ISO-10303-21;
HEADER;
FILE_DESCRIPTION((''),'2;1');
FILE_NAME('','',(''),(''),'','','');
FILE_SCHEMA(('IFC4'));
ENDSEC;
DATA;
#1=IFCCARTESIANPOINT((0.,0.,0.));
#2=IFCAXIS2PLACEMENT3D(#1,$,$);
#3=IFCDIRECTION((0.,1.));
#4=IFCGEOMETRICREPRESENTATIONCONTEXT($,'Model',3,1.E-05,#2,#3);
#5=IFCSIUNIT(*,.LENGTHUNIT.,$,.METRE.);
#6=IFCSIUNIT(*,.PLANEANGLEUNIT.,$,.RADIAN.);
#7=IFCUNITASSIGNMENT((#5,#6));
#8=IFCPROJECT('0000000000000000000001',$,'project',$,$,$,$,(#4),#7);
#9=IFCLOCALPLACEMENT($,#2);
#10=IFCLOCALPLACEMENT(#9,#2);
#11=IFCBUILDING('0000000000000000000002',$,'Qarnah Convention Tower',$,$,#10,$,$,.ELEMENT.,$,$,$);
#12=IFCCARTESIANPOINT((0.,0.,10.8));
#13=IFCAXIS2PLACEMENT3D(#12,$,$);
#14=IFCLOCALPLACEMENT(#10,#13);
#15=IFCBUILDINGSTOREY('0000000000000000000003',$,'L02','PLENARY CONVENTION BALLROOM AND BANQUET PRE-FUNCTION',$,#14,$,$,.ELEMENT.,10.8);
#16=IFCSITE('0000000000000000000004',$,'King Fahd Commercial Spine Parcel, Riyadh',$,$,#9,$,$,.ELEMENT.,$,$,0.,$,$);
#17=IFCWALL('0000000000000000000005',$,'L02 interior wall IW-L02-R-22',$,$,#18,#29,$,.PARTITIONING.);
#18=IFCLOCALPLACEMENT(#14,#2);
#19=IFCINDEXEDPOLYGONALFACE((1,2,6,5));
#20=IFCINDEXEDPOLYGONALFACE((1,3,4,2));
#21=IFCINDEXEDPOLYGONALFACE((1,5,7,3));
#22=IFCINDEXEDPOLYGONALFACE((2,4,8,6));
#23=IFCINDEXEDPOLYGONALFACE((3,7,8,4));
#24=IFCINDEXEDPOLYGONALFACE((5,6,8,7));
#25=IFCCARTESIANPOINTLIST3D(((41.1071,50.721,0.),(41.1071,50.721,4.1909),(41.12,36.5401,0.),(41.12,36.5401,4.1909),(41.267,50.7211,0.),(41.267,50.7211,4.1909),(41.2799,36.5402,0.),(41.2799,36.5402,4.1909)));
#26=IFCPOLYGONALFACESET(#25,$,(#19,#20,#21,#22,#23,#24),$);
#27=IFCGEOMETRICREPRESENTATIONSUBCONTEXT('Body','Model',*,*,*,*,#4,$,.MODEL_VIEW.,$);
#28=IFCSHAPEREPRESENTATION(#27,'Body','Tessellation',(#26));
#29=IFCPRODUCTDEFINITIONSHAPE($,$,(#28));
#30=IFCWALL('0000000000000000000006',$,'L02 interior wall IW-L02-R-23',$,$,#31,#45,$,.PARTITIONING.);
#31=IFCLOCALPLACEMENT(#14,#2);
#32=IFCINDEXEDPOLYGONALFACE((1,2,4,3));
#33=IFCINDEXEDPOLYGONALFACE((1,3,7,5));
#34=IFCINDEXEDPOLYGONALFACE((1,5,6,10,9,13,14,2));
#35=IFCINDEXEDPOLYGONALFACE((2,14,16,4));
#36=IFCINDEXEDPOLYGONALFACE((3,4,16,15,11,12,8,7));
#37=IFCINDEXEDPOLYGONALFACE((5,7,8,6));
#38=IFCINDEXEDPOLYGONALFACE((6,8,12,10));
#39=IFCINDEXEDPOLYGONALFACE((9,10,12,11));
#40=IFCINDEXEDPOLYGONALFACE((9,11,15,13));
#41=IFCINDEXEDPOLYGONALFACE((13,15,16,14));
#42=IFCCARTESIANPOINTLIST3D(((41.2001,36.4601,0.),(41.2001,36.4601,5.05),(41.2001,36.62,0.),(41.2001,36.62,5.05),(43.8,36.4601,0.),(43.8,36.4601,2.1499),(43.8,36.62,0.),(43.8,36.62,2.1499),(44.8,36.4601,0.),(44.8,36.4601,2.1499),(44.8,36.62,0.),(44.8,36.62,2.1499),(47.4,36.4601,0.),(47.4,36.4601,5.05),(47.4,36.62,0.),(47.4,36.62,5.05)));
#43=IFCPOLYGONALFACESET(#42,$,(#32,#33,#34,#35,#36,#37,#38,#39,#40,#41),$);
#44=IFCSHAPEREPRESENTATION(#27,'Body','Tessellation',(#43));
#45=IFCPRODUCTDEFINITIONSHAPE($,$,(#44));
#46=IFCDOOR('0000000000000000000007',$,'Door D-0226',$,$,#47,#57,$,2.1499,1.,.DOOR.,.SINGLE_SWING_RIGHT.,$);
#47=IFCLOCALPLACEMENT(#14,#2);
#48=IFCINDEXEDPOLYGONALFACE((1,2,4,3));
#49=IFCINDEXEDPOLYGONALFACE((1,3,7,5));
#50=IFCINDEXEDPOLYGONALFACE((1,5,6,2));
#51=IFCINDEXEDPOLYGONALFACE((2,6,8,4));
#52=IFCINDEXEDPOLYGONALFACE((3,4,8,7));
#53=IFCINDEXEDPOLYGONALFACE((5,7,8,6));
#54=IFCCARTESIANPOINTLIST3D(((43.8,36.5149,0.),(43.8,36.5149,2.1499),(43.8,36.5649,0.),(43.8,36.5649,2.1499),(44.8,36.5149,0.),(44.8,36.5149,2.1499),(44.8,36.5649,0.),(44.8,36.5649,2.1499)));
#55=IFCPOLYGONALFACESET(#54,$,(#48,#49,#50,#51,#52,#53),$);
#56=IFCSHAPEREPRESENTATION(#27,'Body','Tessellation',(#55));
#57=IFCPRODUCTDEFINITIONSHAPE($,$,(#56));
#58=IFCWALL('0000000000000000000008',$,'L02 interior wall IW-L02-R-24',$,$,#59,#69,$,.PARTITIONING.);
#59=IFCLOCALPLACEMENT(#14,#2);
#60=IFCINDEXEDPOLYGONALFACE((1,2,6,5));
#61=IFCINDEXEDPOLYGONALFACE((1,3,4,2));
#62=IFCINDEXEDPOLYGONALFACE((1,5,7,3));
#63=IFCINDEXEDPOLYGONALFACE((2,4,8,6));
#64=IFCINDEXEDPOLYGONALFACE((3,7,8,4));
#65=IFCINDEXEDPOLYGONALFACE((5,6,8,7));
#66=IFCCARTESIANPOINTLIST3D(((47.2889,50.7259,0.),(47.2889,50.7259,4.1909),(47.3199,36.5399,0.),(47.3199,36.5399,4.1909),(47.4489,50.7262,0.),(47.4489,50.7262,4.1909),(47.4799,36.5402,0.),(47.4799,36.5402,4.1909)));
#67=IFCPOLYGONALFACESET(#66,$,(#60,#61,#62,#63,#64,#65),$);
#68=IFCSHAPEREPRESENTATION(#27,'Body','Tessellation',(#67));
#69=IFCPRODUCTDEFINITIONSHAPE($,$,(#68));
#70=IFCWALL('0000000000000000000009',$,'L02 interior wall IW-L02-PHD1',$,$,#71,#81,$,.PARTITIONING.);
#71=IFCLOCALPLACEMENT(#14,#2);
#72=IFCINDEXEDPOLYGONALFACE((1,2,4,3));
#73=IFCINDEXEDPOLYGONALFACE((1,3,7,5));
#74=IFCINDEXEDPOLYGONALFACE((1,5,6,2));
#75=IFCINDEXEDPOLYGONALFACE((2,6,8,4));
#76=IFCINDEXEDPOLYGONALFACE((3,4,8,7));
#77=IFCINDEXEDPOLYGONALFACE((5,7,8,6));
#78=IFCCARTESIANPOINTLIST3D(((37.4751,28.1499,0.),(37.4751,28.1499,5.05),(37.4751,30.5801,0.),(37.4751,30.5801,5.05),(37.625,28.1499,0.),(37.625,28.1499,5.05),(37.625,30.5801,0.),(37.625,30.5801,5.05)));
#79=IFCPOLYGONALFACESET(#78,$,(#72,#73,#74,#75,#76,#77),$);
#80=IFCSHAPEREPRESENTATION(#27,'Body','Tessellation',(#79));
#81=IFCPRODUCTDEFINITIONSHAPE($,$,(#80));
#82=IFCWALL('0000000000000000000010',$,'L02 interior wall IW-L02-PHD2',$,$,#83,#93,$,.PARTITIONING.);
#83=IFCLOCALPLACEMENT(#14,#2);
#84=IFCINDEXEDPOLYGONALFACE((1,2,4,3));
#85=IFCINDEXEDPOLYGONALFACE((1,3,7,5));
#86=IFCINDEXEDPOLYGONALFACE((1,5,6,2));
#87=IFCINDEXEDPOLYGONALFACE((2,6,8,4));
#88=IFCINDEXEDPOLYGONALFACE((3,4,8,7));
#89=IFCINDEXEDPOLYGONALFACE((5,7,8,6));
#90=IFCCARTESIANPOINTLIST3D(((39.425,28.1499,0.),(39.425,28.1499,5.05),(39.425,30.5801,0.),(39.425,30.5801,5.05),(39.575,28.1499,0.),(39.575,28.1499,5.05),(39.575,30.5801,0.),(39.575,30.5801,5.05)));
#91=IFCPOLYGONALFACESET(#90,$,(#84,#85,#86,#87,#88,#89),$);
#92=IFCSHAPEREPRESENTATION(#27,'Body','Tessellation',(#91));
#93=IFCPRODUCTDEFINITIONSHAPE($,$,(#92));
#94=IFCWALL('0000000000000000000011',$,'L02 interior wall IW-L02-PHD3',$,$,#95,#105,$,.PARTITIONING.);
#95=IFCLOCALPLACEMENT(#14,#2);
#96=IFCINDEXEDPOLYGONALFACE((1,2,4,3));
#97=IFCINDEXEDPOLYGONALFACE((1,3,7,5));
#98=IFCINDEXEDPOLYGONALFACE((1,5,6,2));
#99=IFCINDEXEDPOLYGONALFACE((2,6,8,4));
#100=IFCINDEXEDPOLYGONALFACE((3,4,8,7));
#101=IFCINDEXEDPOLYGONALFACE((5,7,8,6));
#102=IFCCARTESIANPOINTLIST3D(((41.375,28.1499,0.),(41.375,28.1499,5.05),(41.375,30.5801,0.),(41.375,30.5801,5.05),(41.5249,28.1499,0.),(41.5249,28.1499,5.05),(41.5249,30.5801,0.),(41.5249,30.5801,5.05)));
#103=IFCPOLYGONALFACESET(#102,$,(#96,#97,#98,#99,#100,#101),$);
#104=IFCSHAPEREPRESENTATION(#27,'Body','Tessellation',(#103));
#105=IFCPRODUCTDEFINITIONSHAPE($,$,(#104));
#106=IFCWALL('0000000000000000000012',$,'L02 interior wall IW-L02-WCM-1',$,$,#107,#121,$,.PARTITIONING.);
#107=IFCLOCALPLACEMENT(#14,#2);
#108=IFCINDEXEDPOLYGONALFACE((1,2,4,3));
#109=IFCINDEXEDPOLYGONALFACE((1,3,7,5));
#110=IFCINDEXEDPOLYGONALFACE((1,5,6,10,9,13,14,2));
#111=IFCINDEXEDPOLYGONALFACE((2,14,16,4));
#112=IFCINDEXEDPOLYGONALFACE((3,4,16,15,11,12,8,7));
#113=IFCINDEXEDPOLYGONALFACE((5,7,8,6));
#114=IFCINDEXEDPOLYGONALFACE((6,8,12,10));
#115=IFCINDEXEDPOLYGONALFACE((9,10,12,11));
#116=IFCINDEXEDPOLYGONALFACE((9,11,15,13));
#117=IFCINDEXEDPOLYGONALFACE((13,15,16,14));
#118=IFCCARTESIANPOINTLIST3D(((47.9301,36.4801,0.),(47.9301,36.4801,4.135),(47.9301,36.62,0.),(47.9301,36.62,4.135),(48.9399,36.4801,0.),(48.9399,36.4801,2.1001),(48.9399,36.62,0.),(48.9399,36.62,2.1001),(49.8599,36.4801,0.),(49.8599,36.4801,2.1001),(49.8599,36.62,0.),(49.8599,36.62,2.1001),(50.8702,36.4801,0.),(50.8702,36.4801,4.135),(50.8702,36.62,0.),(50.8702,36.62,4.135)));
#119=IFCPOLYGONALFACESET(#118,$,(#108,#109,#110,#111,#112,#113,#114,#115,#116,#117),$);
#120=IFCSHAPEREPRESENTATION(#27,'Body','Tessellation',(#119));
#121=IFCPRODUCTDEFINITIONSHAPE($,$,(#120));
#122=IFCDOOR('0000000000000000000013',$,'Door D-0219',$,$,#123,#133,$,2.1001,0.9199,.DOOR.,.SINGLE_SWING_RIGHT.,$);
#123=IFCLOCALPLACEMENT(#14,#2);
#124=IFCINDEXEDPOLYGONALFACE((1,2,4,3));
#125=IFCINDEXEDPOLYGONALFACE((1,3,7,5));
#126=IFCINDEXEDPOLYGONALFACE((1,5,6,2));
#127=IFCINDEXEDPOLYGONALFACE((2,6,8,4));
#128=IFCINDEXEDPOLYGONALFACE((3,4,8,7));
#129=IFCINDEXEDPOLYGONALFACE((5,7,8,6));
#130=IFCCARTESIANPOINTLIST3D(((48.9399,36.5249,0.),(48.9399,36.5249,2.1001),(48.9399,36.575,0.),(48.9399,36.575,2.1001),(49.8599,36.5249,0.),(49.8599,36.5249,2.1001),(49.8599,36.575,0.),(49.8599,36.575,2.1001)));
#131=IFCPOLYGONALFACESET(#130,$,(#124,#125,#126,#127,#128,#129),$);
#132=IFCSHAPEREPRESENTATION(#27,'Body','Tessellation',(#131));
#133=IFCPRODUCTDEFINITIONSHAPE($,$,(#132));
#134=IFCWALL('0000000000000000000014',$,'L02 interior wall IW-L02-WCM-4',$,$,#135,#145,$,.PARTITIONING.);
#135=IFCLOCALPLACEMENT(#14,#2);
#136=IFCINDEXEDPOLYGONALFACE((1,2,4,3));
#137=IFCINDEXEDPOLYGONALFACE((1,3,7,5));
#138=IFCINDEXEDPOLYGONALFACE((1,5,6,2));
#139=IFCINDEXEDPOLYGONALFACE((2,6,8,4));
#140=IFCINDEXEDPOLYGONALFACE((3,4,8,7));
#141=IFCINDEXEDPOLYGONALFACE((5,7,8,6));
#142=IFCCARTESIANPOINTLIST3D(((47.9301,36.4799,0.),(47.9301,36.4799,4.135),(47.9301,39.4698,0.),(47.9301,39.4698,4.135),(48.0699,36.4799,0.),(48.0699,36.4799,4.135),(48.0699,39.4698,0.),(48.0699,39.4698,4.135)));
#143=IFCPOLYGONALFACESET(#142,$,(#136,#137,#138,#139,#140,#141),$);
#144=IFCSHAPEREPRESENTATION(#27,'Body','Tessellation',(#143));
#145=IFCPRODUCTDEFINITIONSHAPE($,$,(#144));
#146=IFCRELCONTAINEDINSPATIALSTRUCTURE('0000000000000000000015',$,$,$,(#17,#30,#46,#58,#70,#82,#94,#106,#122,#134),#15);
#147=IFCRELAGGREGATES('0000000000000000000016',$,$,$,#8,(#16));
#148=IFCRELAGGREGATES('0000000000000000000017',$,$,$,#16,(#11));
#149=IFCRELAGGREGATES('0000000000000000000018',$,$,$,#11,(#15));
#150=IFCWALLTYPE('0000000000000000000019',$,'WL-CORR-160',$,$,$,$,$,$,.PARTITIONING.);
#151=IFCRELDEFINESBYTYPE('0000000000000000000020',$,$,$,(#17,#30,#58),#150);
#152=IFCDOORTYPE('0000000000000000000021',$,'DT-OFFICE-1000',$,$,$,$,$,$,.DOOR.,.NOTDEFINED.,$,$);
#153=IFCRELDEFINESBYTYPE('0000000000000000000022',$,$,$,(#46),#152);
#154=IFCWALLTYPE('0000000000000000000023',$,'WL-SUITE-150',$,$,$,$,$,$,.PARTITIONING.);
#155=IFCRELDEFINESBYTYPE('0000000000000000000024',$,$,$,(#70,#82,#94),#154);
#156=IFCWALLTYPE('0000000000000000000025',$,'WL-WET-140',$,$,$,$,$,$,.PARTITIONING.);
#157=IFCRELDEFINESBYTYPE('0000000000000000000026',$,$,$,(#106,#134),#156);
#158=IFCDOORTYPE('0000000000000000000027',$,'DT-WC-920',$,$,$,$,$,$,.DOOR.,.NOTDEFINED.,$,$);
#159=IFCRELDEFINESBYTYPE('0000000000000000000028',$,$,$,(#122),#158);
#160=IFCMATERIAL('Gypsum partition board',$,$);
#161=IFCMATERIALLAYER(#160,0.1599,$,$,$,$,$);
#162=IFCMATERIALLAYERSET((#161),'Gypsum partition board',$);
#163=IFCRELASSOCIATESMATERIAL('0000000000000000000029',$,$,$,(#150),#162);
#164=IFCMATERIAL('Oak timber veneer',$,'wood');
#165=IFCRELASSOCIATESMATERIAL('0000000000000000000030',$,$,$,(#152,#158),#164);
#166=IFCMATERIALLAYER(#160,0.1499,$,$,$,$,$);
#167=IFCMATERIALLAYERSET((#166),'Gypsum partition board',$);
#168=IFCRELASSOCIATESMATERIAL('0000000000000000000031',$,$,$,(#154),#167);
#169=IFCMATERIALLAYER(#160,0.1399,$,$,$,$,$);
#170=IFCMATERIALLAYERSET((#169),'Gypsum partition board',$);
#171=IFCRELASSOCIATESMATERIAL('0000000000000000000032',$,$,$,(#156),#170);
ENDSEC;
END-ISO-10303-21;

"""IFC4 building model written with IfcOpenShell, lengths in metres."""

from ifc_helpers import new_model, si_unit, direction, frame, frame_2d, origin, place, context, subcontext, project, spatial, rectangle, extrude, material, layer, layer_set, type_object, element, fill, save


model = new_model("IFC4")

# Units and contexts
model_context = context("Model", 3, precision=1e-05, world=origin(), true_north=direction((0.0, 1.0)))
body_context = subcontext(model_context, "Body", "Model", "MODEL_VIEW")
ifc_project = project(units=[si_unit("LENGTHUNIT", "METRE"), si_unit("PLANEANGLEUNIT", "RADIAN")], contexts=[model_context])

# Site, building, storey
site_placement = place(None, origin())
site = spatial("IfcSite", under=ifc_project, at=site_placement, Name="King Fahd Commercial Spine Parcel, Riyadh", CompositionType="ELEMENT", RefElevation=0.0)
building_placement = place(site_placement, origin())
building = spatial("IfcBuilding", under=site, at=building_placement, Name="Qarnah Convention Tower", CompositionType="ELEMENT")
storey_placement = place(building_placement, frame((0.0, 0.0, 10.8)))
storey = spatial("IfcBuildingStorey", under=building, at=storey_placement, Name="L02", Description="PLENARY CONVENTION BALLROOM AND BANQUET PRE-FUNCTION", CompositionType="ELEMENT", Elevation=10.8)

# Wall
ifc_material_1 = material(Name="Gypsum partition board")
ifc_layer_1 = layer(ifc_material_1, 0.1599)
ifc_layer_set_1 = layer_set([ifc_layer_1], Name="Gypsum partition board")
wall_type_1 = type_object("IfcWallType", Name="WL-CORR-160", PredefinedType="PARTITIONING", material=ifc_layer_set_1)
wall_1_placement = place(storey_placement, frame((41.187, 50.7209, 0.0), z_axis=(0.0, 0.0, 1.0), x_axis=(0.000912, -1.0, 0.0)))
element("IfcWall", 1, at=wall_1_placement, inside=storey, type_object=wall_type_1, Name="L02 interior wall IW-L02-R-22", PredefinedType="PARTITIONING", context=body_context, shape_type="SweptSolid", body=[
    extrude(rectangle(XDim=14.1809, YDim=0.1599, at=frame_2d((7.0903, 0.0))), origin(), (0.0, 0.0, 1.0), 4.1909),
])

# Wall, opening, door
wall_2_placement = place(storey_placement, frame((41.2, 36.54, 0.0), z_axis=(0.0, 0.0, 1.0), x_axis=(1.0, 0.0, 0.0)))
wall_2 = element("IfcWall", 2, at=wall_2_placement, inside=storey, type_object=wall_type_1, Name="L02 interior wall IW-L02-R-23", PredefinedType="PARTITIONING", context=body_context, shape_type="SweptSolid", body=[
    extrude(rectangle(XDim=6.2, YDim=0.1599, at=frame_2d((3.1001, 0.0))), origin(), (0.0, 0.0, 1.0), 5.05),
])
opening_1_placement = place(wall_2_placement, frame((2.6001, 0.0, 0.0)))
opening_1 = element("IfcOpeningElement", 3, at=opening_1_placement, cuts=wall_2, PredefinedType="OPENING", context=body_context, shape_type="SweptSolid", body=[
    extrude(rectangle(XDim=1.0, YDim=2.1499, at=frame_2d((0.5, 1.075))), frame((0.0, 0.0898, 0.0), z_axis=(0.0, -1.0, 0.0), x_axis=(1.0, 0.0, 0.0)), (0.0, 0.0, 1.0), 0.1799),
])
ifc_material_2 = material(Name="Oak timber veneer", Category="wood")
door_type_1 = type_object("IfcDoorType", Name="DT-OFFICE-1000", OperationType="NOTDEFINED", PredefinedType="DOOR", material=ifc_material_2)
door_1_placement = place(opening_1_placement, origin())
door_1 = element("IfcDoor", 4, at=door_1_placement, inside=storey, type_object=door_type_1, Name="Door D-0226", OperationType="SINGLE_SWING_RIGHT", OverallHeight=2.1499, OverallWidth=1.0, PredefinedType="DOOR", context=body_context, shape_type="SweptSolid", body=[
    extrude(rectangle(XDim=1.0, YDim=2.1499, at=frame_2d((0.5, 1.075))), frame((0.0, 0.0249, 0.0), z_axis=(0.0, -1.0, 0.0), x_axis=(1.0, 0.0, 0.0)), (0.0, 0.0, 1.0), 0.05),
])
fill(opening_1, door_1)

# Walls
wall_3_placement = place(storey_placement, frame((47.3999, 36.54, 0.0), z_axis=(0.0, 0.0, 1.0), x_axis=(-0.002186, 0.999998, 0.0)))
element("IfcWall", 5, at=wall_3_placement, inside=storey, type_object=wall_type_1, Name="L02 interior wall IW-L02-R-24", PredefinedType="PARTITIONING", context=body_context, shape_type="SweptSolid", body=[
    extrude(rectangle(XDim=14.186, YDim=0.1599, at=frame_2d((7.093, 0.0))), origin(), (0.0, 0.0, 1.0), 4.1909),
])
ifc_layer_2 = layer(ifc_material_1, 0.1499)
ifc_layer_set_2 = layer_set([ifc_layer_2], Name="Gypsum partition board")
wall_type_2 = type_object("IfcWallType", Name="WL-SUITE-150", PredefinedType="PARTITIONING", material=ifc_layer_set_2)
for number, where, z_axis, x_axis, name in (
    (6, (37.55, 28.1499, 0.0), (0.0, 0.0, 1.0), (0.0, 1.0, 0.0), "L02 interior wall IW-L02-PHD1"),
    (7, (39.5, 28.1499, 0.0), (0.0, 0.0, 1.0), (0.0, 1.0, 0.0), "L02 interior wall IW-L02-PHD2"),
    (8, (41.45, 28.1499, 0.0), (0.0, 0.0, 1.0), (0.0, 1.0, 0.0), "L02 interior wall IW-L02-PHD3"),
):
    element("IfcWall", number, at=place(storey_placement, frame(where, z_axis=z_axis, x_axis=x_axis)), inside=storey, type_object=wall_type_2, Name=name, PredefinedType="PARTITIONING", context=body_context, shape_type="SweptSolid", body=[
        extrude(rectangle(XDim=2.4302, YDim=0.1499, at=frame_2d((1.2151, 0.0))), origin(), (0.0, 0.0, 1.0), 5.05),
    ])

# Wall, opening, door
ifc_layer_3 = layer(ifc_material_1, 0.1399)
ifc_layer_set_3 = layer_set([ifc_layer_3], Name="Gypsum partition board")
wall_type_3 = type_object("IfcWallType", Name="WL-WET-140", PredefinedType="PARTITIONING", material=ifc_layer_set_3)
wall_4_placement = place(storey_placement, frame((47.9299, 36.55, 0.0), z_axis=(0.0, 0.0, 1.0), x_axis=(1.0, 0.0, 0.0)))
wall_4 = element("IfcWall", 9, at=wall_4_placement, inside=storey, type_object=wall_type_3, Name="L02 interior wall IW-L02-WCM-1", PredefinedType="PARTITIONING", context=body_context, shape_type="SweptSolid", body=[
    extrude(rectangle(XDim=2.9402, YDim=0.1399, at=frame_2d((1.4702, 0.0))), origin(), (0.0, 0.0, 1.0), 4.135),
])
opening_2_placement = place(wall_4_placement, frame((1.01, 0.0, 0.0)))
opening_2 = element("IfcOpeningElement", 10, at=opening_2_placement, cuts=wall_4, PredefinedType="OPENING", context=body_context, shape_type="SweptSolid", body=[
    extrude(rectangle(XDim=0.9199, YDim=2.1001, at=frame_2d((0.46, 1.05))), frame((0.0, 0.0798, 0.0), z_axis=(0.0, -1.0, 0.0), x_axis=(1.0, 0.0, 0.0)), (0.0, 0.0, 1.0), 0.1599),
])
door_type_2 = type_object("IfcDoorType", Name="DT-WC-920", OperationType="NOTDEFINED", PredefinedType="DOOR", material=ifc_material_2)
door_2_placement = place(opening_2_placement, origin())
door_2 = element("IfcDoor", 11, at=door_2_placement, inside=storey, type_object=door_type_2, Name="Door D-0219", OperationType="SINGLE_SWING_RIGHT", OverallHeight=2.1001, OverallWidth=0.9199, PredefinedType="DOOR", context=body_context, shape_type="SweptSolid", body=[
    extrude(rectangle(XDim=0.9199, YDim=2.1001, at=frame_2d((0.46, 1.05))), frame((0.0, 0.0249, 0.0), z_axis=(0.0, -1.0, 0.0), x_axis=(1.0, 0.0, 0.0)), (0.0, 0.0, 1.0), 0.05),
])
fill(opening_2, door_2)

# Wall
wall_5_placement = place(storey_placement, frame((48.0, 39.47, 0.0), z_axis=(0.0, 0.0, 1.0), x_axis=(0.0, -1.0, 0.0)))
element("IfcWall", 12, at=wall_5_placement, inside=storey, type_object=wall_type_3, Name="L02 interior wall IW-L02-WCM-4", PredefinedType="PARTITIONING", context=body_context, shape_type="SweptSolid", body=[
    extrude(rectangle(XDim=2.99, YDim=0.1399, at=frame_2d((1.4951, 0.0))), origin(), (0.0, 0.0, 1.0), 4.135),
])

save(model, "model.ifc")
